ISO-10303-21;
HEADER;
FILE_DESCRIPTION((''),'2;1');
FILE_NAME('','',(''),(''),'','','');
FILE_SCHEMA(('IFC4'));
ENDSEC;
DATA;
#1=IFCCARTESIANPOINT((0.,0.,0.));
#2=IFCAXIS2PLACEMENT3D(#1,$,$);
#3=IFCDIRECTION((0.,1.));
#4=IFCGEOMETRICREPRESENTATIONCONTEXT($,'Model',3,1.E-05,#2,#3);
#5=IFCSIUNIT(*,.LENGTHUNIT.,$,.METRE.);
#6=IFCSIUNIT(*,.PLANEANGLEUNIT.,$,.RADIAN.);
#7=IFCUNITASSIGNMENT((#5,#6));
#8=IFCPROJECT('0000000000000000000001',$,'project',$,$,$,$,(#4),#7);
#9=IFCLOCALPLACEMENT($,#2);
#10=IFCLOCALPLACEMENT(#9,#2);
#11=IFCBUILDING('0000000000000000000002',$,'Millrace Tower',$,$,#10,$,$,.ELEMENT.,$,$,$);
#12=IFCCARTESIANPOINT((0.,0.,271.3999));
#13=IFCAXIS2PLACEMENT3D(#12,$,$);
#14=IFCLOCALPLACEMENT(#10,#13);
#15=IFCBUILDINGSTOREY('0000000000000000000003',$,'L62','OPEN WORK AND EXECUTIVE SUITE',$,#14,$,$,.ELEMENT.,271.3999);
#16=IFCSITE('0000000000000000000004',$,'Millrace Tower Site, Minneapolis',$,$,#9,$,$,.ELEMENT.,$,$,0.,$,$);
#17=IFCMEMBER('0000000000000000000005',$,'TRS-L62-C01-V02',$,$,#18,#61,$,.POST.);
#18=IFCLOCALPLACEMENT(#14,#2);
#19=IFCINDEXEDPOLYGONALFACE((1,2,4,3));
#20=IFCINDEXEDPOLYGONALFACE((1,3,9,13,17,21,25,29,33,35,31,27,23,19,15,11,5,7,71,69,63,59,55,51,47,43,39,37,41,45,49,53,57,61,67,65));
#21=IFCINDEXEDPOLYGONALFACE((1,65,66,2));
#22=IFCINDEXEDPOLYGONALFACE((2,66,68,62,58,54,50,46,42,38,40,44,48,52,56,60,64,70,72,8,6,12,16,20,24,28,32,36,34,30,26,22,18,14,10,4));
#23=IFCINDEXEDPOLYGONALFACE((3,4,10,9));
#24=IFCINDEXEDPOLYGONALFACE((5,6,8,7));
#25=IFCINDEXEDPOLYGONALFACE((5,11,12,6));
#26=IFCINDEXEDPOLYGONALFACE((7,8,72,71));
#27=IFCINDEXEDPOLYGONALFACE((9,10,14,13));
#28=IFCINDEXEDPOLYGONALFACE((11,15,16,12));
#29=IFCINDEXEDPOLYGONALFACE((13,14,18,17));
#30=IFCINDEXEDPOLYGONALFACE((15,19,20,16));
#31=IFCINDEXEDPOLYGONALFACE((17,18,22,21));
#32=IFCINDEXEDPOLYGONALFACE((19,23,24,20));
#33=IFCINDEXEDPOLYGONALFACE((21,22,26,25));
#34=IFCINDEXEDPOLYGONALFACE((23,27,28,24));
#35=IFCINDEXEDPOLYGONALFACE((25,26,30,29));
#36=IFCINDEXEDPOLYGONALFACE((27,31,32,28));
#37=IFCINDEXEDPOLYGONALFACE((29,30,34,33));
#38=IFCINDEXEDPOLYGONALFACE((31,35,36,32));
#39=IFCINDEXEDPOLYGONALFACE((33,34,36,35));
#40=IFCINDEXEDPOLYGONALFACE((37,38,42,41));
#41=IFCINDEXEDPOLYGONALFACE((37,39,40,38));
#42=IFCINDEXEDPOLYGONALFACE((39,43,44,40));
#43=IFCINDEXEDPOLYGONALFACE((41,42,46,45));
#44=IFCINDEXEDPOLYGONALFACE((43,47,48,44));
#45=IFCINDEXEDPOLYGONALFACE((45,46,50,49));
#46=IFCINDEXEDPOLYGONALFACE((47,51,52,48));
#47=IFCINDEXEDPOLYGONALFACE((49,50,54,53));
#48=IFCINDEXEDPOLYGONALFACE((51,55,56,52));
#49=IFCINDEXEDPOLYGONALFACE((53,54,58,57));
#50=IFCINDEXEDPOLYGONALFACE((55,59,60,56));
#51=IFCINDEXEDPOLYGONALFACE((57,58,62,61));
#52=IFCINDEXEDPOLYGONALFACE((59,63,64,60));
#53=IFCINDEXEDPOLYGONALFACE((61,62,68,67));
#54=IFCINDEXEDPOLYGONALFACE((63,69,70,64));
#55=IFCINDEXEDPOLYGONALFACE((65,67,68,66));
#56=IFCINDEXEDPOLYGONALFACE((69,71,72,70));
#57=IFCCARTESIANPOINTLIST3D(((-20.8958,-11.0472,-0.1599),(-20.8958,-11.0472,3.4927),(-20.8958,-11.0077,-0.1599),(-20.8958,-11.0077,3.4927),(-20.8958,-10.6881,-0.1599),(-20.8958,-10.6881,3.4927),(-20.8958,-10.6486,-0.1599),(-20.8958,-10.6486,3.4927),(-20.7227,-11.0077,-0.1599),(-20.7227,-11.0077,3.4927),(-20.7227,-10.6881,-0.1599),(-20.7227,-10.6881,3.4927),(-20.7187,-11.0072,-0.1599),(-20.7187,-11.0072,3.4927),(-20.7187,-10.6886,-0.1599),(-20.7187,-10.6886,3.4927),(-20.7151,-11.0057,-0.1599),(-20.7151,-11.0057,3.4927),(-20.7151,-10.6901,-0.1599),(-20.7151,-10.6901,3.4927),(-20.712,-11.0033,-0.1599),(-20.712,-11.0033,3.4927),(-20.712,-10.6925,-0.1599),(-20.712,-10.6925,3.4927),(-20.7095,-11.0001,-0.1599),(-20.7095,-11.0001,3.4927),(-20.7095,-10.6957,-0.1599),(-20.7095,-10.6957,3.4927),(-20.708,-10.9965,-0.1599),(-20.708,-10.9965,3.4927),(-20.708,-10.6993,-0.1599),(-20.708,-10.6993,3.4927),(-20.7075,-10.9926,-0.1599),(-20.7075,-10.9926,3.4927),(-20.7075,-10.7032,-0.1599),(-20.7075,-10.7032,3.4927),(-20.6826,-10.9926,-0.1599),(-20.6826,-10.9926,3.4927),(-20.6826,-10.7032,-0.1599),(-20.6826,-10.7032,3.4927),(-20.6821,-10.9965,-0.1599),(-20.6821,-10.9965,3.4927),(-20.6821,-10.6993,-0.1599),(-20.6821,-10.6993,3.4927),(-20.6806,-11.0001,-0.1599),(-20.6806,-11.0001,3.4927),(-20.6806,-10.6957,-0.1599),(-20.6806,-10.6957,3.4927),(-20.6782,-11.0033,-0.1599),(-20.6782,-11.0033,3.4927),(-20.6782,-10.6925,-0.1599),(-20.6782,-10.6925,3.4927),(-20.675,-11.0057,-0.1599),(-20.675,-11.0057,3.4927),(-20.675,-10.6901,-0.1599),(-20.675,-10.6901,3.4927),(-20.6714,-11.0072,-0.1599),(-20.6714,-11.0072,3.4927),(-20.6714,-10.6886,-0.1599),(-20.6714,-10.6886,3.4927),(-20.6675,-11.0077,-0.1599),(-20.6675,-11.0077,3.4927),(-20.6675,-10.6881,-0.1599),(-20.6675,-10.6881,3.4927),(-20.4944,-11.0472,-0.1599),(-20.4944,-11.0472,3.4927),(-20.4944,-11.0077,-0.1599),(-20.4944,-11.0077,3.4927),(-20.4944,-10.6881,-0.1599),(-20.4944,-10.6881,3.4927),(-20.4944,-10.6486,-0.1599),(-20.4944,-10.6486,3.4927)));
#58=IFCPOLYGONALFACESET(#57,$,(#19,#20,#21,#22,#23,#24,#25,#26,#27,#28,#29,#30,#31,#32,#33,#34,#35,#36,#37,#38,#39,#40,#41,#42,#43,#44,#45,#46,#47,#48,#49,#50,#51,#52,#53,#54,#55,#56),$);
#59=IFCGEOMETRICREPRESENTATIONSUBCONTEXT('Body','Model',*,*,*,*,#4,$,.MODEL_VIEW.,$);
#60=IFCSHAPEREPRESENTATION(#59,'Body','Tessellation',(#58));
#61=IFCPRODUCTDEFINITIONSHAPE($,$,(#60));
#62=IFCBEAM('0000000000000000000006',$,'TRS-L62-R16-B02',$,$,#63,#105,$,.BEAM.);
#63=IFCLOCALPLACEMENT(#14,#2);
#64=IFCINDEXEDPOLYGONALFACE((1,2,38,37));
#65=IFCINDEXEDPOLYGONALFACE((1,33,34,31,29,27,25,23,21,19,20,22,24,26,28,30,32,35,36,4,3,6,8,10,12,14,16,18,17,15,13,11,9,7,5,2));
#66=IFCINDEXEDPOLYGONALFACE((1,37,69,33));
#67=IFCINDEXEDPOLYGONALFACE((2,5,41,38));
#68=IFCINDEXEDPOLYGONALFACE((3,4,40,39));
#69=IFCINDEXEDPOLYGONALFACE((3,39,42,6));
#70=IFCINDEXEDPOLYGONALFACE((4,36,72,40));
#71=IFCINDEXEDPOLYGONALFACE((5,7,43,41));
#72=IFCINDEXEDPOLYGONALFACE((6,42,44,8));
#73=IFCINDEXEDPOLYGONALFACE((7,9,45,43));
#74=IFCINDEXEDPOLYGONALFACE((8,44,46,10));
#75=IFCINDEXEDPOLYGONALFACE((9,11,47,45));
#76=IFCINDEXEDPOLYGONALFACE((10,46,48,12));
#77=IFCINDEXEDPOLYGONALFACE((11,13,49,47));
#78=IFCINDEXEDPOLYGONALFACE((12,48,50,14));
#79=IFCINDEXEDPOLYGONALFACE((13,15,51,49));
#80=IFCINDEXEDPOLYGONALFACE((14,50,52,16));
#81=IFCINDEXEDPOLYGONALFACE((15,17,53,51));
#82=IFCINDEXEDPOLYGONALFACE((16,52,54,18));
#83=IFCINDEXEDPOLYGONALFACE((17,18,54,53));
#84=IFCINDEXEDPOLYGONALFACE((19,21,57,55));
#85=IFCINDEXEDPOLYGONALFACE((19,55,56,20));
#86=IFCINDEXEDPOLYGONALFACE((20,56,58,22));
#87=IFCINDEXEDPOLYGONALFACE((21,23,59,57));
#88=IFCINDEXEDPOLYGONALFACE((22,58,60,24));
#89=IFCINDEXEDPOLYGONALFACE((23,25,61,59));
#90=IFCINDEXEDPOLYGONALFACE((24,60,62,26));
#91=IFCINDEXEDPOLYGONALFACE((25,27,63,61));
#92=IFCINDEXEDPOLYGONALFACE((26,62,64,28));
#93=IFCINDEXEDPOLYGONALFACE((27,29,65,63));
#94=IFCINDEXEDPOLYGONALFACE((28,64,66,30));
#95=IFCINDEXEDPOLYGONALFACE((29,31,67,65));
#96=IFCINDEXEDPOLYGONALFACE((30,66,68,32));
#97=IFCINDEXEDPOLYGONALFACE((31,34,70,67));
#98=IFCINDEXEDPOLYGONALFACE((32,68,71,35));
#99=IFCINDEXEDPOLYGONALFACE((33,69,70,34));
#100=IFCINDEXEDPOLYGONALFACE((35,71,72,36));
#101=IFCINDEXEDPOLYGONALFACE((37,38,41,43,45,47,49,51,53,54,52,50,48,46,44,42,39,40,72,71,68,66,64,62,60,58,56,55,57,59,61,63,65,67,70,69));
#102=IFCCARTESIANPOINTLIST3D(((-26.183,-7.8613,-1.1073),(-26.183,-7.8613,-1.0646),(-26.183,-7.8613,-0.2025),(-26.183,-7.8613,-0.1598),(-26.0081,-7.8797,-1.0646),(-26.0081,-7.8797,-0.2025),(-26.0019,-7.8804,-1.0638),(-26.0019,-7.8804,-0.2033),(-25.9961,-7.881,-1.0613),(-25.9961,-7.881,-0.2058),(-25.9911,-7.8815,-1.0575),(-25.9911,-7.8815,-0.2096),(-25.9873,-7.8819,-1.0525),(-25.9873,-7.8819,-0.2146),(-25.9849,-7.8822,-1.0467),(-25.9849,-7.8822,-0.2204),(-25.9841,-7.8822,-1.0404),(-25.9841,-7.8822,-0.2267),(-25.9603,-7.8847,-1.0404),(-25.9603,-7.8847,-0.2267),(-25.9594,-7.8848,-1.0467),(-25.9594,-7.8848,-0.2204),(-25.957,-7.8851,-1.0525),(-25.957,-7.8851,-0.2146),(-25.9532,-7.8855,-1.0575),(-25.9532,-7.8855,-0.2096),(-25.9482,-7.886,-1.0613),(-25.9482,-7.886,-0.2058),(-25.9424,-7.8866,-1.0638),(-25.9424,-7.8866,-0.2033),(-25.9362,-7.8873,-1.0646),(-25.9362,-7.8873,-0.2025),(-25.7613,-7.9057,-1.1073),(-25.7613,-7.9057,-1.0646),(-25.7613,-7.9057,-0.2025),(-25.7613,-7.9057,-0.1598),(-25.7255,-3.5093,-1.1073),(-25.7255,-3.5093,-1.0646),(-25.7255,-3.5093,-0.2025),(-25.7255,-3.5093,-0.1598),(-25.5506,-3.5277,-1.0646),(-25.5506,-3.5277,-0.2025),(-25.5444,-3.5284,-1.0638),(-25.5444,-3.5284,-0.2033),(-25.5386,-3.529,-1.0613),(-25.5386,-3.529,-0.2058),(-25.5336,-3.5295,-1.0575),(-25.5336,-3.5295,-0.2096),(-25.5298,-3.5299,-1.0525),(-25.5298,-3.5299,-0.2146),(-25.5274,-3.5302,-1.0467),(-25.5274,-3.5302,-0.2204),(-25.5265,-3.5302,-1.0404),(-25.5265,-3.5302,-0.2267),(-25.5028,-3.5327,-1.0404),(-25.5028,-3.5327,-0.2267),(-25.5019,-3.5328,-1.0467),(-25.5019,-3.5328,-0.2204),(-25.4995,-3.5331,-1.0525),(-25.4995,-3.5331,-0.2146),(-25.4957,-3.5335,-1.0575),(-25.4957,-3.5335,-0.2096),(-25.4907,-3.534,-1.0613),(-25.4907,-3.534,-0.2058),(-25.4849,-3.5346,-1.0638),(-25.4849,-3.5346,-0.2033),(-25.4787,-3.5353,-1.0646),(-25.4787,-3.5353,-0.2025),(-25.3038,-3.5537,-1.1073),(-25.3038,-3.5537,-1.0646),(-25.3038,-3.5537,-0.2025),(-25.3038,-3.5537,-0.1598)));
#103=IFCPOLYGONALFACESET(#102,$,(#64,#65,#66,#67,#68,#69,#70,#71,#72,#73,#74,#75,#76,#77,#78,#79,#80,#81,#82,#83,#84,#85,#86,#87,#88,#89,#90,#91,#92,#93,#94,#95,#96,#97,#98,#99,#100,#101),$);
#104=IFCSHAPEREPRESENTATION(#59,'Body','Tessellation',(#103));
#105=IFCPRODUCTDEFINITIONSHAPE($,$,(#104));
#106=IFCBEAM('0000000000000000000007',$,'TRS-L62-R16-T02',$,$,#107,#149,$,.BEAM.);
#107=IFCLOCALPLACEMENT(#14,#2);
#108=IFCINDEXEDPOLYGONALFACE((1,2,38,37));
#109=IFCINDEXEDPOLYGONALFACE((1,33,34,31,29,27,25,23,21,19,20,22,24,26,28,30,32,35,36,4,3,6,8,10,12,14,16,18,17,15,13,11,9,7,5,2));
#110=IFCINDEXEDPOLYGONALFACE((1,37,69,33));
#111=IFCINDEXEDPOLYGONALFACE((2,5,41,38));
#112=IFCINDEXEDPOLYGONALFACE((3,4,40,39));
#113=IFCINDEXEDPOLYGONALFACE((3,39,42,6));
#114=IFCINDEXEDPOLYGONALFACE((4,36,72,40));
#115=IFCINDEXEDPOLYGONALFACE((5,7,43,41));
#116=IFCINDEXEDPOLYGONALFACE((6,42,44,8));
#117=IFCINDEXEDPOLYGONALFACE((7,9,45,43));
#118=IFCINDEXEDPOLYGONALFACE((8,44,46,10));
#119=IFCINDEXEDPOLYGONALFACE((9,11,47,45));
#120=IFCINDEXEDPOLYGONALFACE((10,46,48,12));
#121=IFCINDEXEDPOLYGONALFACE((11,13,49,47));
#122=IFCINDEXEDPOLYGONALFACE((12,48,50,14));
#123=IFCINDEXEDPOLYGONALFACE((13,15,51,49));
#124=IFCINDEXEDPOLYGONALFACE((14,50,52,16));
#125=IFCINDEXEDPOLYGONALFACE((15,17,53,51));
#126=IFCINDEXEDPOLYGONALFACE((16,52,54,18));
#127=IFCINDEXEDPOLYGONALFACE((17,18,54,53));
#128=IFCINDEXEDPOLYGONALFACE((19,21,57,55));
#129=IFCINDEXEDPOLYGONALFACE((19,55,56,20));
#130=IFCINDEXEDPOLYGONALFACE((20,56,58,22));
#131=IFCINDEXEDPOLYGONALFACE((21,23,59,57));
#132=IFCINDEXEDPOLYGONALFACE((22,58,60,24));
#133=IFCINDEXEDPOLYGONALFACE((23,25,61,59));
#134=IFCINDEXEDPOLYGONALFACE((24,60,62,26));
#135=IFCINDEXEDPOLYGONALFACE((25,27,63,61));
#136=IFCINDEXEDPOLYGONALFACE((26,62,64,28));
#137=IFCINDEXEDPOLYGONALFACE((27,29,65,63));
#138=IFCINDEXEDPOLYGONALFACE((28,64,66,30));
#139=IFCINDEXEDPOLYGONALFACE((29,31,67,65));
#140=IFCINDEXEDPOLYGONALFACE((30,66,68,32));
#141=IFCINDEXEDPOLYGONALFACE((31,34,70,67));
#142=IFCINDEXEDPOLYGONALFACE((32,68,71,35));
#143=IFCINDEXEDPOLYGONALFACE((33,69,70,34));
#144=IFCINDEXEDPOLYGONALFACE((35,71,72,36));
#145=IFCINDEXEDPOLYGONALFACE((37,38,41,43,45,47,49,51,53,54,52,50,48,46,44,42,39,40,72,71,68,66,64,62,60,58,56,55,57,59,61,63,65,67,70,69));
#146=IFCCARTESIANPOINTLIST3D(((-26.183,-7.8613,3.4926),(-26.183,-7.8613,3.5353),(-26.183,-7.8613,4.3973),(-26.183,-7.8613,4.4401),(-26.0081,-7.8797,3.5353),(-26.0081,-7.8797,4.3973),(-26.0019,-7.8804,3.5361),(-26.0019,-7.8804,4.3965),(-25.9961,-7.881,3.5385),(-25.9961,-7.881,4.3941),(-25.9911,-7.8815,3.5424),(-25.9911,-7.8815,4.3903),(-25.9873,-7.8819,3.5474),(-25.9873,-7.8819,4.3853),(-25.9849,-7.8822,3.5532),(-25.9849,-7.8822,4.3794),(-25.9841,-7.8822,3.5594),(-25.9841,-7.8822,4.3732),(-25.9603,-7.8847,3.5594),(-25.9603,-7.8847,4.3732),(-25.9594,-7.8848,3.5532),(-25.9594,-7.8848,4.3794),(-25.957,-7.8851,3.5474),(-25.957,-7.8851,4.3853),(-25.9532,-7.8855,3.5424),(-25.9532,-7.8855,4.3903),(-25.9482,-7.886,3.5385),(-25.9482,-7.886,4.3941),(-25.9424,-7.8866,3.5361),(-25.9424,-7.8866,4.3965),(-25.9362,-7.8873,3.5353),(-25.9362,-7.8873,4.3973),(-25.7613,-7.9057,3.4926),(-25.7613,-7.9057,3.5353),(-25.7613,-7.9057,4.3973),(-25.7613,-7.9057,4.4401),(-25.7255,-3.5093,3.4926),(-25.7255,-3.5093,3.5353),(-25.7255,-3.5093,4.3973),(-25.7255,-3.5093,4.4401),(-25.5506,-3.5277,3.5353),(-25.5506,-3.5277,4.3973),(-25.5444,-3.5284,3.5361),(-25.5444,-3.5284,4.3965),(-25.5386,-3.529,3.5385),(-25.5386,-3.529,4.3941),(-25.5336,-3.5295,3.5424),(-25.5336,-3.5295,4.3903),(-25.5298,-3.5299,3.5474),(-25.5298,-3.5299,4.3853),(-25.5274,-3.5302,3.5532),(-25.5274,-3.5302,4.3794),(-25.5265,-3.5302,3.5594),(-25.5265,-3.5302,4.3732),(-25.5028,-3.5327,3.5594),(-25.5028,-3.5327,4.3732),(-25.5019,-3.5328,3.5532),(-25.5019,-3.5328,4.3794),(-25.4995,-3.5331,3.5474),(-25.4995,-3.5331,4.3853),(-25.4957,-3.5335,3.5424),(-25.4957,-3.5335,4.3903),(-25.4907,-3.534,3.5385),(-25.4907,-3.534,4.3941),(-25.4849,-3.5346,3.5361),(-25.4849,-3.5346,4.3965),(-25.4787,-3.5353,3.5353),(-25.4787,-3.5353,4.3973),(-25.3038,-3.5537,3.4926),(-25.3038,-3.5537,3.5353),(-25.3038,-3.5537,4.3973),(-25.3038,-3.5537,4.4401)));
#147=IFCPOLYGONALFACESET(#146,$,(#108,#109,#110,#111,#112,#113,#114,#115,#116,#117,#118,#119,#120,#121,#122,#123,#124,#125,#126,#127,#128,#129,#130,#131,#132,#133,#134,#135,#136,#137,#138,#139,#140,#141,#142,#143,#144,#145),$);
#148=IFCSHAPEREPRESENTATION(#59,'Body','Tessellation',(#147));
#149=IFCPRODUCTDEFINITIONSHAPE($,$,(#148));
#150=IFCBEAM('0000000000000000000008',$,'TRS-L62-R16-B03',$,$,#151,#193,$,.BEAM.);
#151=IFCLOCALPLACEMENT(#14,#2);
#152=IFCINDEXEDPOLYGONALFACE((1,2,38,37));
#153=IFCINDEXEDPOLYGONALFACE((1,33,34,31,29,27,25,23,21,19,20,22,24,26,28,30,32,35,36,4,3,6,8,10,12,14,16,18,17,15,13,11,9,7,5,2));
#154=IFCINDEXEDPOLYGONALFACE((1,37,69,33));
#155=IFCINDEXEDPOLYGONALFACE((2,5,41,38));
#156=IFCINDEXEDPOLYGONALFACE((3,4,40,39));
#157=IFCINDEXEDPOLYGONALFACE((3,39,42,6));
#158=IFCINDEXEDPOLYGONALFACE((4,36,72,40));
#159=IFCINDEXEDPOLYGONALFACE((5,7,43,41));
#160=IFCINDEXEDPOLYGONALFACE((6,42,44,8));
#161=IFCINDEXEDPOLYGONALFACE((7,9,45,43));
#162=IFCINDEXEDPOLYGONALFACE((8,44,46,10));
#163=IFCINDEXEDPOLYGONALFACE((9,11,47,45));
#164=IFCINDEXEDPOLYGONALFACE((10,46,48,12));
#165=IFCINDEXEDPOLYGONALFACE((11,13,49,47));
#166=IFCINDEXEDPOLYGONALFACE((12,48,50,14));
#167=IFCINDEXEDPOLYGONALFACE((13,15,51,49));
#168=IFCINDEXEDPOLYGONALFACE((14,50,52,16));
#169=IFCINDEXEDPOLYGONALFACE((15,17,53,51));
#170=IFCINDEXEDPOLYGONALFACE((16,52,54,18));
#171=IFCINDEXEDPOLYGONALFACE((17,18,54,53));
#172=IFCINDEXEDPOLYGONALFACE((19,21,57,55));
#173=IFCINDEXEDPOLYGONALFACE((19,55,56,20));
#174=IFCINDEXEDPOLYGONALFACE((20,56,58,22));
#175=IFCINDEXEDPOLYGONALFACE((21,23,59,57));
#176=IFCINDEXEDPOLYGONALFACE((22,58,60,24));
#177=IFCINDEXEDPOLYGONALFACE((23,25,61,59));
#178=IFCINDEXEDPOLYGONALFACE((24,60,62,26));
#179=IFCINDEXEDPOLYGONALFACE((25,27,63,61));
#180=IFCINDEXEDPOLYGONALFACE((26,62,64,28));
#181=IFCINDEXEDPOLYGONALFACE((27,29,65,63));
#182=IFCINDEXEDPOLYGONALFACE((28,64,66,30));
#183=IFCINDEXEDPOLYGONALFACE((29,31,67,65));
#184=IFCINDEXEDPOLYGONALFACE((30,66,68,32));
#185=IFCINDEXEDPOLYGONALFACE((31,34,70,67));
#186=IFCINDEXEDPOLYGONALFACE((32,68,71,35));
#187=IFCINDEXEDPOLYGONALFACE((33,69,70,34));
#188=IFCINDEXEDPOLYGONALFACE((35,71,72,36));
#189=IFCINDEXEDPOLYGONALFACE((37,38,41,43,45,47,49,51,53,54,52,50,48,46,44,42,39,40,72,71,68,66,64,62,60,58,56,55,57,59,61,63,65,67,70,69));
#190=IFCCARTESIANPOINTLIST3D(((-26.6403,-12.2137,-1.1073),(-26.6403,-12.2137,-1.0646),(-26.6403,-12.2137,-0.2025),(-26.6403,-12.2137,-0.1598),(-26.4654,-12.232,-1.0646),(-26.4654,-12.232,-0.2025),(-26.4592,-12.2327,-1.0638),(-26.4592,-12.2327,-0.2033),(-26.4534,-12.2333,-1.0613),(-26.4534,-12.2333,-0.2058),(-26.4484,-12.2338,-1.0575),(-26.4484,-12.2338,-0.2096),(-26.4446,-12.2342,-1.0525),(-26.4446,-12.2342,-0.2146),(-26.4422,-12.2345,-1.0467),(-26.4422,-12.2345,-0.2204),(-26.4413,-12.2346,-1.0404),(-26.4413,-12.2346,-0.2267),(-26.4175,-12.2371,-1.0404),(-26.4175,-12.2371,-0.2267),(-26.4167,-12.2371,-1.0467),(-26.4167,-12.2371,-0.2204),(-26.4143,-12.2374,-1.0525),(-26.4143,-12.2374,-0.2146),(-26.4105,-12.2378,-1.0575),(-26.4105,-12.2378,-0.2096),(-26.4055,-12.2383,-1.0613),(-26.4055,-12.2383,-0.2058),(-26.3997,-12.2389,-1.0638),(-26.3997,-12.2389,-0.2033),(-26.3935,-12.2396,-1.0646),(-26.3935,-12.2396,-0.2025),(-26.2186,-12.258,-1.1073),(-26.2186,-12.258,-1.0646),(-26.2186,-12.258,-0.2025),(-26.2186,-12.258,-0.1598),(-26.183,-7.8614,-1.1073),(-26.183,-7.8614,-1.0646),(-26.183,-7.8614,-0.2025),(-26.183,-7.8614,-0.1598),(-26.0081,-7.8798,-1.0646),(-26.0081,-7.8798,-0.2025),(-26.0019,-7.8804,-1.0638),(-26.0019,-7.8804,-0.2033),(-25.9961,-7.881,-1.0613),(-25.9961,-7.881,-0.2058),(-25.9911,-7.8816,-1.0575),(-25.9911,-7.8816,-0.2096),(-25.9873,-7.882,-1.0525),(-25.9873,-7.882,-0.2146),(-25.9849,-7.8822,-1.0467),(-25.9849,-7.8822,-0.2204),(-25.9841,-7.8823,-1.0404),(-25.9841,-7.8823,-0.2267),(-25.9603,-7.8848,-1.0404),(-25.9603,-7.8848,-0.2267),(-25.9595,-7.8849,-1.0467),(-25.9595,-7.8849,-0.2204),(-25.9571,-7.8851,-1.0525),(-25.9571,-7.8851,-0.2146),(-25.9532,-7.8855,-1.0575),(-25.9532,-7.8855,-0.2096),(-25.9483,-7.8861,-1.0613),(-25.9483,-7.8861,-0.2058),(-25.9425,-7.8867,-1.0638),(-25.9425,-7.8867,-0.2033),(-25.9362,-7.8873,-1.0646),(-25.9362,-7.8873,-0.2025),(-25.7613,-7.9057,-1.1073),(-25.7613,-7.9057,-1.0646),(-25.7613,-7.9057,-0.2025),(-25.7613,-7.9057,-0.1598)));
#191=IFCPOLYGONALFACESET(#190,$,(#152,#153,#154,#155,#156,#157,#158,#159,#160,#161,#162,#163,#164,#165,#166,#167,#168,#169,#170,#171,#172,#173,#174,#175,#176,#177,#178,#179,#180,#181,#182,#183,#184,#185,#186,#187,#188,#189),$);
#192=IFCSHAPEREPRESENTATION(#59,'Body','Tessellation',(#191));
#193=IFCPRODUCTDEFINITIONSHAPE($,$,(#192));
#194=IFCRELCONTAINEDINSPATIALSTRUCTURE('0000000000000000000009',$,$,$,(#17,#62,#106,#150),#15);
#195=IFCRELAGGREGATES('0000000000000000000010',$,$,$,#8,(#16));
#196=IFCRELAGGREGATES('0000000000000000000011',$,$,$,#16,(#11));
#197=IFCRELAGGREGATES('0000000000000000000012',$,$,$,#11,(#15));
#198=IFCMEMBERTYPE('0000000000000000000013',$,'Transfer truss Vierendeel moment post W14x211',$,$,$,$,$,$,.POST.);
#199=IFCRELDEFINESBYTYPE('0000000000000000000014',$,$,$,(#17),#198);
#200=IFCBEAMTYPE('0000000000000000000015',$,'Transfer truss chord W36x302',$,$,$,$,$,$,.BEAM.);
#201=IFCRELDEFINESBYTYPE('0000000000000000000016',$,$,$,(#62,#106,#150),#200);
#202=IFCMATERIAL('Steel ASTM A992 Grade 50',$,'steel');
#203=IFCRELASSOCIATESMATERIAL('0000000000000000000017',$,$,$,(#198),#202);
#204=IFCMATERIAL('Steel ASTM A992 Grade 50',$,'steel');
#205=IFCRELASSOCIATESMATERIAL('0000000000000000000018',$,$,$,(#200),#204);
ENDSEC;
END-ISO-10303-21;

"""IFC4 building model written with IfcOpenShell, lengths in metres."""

from ifc_helpers import new_model, si_unit, direction, frame, origin, origin_2d, place, context, subcontext, project, spatial, i_section, extrude, material, material_profile, profile_set, type_object, element, save


model = new_model("IFC4")

# Units and contexts
model_context = context("Model", 3, precision=1e-05, world=origin(), true_north=direction((0.0, 1.0)))
body_context = subcontext(model_context, "Body", "Model", "MODEL_VIEW")
ifc_project = project(units=[si_unit("LENGTHUNIT", "METRE"), si_unit("PLANEANGLEUNIT", "RADIAN")], contexts=[model_context])

# Site, building, storey
site_placement = place(None, origin())
site = spatial("IfcSite", under=ifc_project, at=site_placement, Name="Millrace Tower Site, Minneapolis", CompositionType="ELEMENT", RefElevation=0.0)
building_placement = place(site_placement, origin())
building = spatial("IfcBuilding", under=site, at=building_placement, Name="Millrace Tower", CompositionType="ELEMENT")
storey_placement = place(building_placement, frame((0.0, 0.0, 271.3999)))
storey = spatial("IfcBuildingStorey", under=building, at=storey_placement, Name="L62", Description="OPEN WORK AND EXECUTIVE SUITE", CompositionType="ELEMENT", Elevation=271.3999)

# Member
ifc_material_1 = material(Name="Steel ASTM A992 Grade 50", Category="steel")
ifc_material_profile_1 = material_profile(ifc_material_1, i_section(OverallWidth=0.4014, OverallDepth=0.3987, WebThickness=0.0249, FlangeThickness=0.0396, FilletRadius=0.0151, at=origin_2d()))
ifc_profile_set_1 = profile_set([ifc_material_profile_1], Name="Steel ASTM A992 Grade 50")
member_type_1 = type_object("IfcMemberType", Name="Transfer truss Vierendeel moment post W14x211", PredefinedType="POST", material=ifc_profile_set_1)
for number, where, z_axis, x_axis, name in (
    (1, (-20.6951, -10.8479, -0.1599), (0.0, 0.0, 1.0), (1.0, 0.0, 0.0), "TRS-L62-C01-V02"),
):
    element("IfcMember", number, at=place(storey_placement, frame(where, z_axis=z_axis, x_axis=x_axis)), inside=storey, type_object=member_type_1, Name=name, PredefinedType="POST", context=body_context, shape_type="SweptSolid", body=[
        extrude(i_section(OverallWidth=0.4014, OverallDepth=0.3987, WebThickness=0.0249, FlangeThickness=0.0396, FilletRadius=0.0151, at=origin_2d()), origin(), (0.0, 0.0, 1.0), 3.6526),
    ])

# Beams
ifc_material_2 = material(Name="Steel ASTM A992 Grade 50", Category="steel")
ifc_material_profile_2 = material_profile(ifc_material_2, i_section(OverallWidth=0.4241, OverallDepth=0.9475, WebThickness=0.0239, FlangeThickness=0.0427, FilletRadius=0.0242, at=origin_2d()))
ifc_profile_set_2 = profile_set([ifc_material_profile_2], Name="Steel ASTM A992 Grade 50")
beam_type_1 = type_object("IfcBeamType", Name="Transfer truss chord W36x302", PredefinedType="BEAM", material=ifc_profile_set_2)
for number, where, z_axis, x_axis, name in (
    (2, (-25.5146, -3.5315, -0.6335), (-0.104551, -0.99452, 0.0), (0.99452, -0.104551, 0.0), "TRS-L62-R16-B02"),
    (3, (-25.5146, -3.5315, 3.9663), (-0.104551, -0.99452, 0.0), (0.99452, -0.104551, 0.0), "TRS-L62-R16-T02"),
):
    element("IfcBeam", number, at=place(storey_placement, frame(where, z_axis=z_axis, x_axis=x_axis)), inside=storey, type_object=beam_type_1, Name=name, PredefinedType="BEAM", context=body_context, shape_type="SweptSolid", body=[
        extrude(i_section(OverallWidth=0.4241, OverallDepth=0.9475, WebThickness=0.0239, FlangeThickness=0.0427, FilletRadius=0.0242, at=origin_2d()), origin(), (0.0, 0.0, 1.0), 4.376),
    ])
for number, where, z_axis, x_axis, name in (
    (4, (-25.9722, -7.8835, -0.6335), (-0.10449, -0.994526, 0.0), (0.994526, -0.10449, 0.0), "TRS-L62-R16-B03"),
):
    element("IfcBeam", number, at=place(storey_placement, frame(where, z_axis=z_axis, x_axis=x_axis)), inside=storey, type_object=beam_type_1, Name=name, PredefinedType="BEAM", context=body_context, shape_type="SweptSolid", body=[
        extrude(i_section(OverallWidth=0.4241, OverallDepth=0.9475, WebThickness=0.0239, FlangeThickness=0.0427, FilletRadius=0.0242, at=origin_2d()), origin(), (0.0, 0.0, 1.0), 4.3762),
    ])

save(model, "model.ifc")
